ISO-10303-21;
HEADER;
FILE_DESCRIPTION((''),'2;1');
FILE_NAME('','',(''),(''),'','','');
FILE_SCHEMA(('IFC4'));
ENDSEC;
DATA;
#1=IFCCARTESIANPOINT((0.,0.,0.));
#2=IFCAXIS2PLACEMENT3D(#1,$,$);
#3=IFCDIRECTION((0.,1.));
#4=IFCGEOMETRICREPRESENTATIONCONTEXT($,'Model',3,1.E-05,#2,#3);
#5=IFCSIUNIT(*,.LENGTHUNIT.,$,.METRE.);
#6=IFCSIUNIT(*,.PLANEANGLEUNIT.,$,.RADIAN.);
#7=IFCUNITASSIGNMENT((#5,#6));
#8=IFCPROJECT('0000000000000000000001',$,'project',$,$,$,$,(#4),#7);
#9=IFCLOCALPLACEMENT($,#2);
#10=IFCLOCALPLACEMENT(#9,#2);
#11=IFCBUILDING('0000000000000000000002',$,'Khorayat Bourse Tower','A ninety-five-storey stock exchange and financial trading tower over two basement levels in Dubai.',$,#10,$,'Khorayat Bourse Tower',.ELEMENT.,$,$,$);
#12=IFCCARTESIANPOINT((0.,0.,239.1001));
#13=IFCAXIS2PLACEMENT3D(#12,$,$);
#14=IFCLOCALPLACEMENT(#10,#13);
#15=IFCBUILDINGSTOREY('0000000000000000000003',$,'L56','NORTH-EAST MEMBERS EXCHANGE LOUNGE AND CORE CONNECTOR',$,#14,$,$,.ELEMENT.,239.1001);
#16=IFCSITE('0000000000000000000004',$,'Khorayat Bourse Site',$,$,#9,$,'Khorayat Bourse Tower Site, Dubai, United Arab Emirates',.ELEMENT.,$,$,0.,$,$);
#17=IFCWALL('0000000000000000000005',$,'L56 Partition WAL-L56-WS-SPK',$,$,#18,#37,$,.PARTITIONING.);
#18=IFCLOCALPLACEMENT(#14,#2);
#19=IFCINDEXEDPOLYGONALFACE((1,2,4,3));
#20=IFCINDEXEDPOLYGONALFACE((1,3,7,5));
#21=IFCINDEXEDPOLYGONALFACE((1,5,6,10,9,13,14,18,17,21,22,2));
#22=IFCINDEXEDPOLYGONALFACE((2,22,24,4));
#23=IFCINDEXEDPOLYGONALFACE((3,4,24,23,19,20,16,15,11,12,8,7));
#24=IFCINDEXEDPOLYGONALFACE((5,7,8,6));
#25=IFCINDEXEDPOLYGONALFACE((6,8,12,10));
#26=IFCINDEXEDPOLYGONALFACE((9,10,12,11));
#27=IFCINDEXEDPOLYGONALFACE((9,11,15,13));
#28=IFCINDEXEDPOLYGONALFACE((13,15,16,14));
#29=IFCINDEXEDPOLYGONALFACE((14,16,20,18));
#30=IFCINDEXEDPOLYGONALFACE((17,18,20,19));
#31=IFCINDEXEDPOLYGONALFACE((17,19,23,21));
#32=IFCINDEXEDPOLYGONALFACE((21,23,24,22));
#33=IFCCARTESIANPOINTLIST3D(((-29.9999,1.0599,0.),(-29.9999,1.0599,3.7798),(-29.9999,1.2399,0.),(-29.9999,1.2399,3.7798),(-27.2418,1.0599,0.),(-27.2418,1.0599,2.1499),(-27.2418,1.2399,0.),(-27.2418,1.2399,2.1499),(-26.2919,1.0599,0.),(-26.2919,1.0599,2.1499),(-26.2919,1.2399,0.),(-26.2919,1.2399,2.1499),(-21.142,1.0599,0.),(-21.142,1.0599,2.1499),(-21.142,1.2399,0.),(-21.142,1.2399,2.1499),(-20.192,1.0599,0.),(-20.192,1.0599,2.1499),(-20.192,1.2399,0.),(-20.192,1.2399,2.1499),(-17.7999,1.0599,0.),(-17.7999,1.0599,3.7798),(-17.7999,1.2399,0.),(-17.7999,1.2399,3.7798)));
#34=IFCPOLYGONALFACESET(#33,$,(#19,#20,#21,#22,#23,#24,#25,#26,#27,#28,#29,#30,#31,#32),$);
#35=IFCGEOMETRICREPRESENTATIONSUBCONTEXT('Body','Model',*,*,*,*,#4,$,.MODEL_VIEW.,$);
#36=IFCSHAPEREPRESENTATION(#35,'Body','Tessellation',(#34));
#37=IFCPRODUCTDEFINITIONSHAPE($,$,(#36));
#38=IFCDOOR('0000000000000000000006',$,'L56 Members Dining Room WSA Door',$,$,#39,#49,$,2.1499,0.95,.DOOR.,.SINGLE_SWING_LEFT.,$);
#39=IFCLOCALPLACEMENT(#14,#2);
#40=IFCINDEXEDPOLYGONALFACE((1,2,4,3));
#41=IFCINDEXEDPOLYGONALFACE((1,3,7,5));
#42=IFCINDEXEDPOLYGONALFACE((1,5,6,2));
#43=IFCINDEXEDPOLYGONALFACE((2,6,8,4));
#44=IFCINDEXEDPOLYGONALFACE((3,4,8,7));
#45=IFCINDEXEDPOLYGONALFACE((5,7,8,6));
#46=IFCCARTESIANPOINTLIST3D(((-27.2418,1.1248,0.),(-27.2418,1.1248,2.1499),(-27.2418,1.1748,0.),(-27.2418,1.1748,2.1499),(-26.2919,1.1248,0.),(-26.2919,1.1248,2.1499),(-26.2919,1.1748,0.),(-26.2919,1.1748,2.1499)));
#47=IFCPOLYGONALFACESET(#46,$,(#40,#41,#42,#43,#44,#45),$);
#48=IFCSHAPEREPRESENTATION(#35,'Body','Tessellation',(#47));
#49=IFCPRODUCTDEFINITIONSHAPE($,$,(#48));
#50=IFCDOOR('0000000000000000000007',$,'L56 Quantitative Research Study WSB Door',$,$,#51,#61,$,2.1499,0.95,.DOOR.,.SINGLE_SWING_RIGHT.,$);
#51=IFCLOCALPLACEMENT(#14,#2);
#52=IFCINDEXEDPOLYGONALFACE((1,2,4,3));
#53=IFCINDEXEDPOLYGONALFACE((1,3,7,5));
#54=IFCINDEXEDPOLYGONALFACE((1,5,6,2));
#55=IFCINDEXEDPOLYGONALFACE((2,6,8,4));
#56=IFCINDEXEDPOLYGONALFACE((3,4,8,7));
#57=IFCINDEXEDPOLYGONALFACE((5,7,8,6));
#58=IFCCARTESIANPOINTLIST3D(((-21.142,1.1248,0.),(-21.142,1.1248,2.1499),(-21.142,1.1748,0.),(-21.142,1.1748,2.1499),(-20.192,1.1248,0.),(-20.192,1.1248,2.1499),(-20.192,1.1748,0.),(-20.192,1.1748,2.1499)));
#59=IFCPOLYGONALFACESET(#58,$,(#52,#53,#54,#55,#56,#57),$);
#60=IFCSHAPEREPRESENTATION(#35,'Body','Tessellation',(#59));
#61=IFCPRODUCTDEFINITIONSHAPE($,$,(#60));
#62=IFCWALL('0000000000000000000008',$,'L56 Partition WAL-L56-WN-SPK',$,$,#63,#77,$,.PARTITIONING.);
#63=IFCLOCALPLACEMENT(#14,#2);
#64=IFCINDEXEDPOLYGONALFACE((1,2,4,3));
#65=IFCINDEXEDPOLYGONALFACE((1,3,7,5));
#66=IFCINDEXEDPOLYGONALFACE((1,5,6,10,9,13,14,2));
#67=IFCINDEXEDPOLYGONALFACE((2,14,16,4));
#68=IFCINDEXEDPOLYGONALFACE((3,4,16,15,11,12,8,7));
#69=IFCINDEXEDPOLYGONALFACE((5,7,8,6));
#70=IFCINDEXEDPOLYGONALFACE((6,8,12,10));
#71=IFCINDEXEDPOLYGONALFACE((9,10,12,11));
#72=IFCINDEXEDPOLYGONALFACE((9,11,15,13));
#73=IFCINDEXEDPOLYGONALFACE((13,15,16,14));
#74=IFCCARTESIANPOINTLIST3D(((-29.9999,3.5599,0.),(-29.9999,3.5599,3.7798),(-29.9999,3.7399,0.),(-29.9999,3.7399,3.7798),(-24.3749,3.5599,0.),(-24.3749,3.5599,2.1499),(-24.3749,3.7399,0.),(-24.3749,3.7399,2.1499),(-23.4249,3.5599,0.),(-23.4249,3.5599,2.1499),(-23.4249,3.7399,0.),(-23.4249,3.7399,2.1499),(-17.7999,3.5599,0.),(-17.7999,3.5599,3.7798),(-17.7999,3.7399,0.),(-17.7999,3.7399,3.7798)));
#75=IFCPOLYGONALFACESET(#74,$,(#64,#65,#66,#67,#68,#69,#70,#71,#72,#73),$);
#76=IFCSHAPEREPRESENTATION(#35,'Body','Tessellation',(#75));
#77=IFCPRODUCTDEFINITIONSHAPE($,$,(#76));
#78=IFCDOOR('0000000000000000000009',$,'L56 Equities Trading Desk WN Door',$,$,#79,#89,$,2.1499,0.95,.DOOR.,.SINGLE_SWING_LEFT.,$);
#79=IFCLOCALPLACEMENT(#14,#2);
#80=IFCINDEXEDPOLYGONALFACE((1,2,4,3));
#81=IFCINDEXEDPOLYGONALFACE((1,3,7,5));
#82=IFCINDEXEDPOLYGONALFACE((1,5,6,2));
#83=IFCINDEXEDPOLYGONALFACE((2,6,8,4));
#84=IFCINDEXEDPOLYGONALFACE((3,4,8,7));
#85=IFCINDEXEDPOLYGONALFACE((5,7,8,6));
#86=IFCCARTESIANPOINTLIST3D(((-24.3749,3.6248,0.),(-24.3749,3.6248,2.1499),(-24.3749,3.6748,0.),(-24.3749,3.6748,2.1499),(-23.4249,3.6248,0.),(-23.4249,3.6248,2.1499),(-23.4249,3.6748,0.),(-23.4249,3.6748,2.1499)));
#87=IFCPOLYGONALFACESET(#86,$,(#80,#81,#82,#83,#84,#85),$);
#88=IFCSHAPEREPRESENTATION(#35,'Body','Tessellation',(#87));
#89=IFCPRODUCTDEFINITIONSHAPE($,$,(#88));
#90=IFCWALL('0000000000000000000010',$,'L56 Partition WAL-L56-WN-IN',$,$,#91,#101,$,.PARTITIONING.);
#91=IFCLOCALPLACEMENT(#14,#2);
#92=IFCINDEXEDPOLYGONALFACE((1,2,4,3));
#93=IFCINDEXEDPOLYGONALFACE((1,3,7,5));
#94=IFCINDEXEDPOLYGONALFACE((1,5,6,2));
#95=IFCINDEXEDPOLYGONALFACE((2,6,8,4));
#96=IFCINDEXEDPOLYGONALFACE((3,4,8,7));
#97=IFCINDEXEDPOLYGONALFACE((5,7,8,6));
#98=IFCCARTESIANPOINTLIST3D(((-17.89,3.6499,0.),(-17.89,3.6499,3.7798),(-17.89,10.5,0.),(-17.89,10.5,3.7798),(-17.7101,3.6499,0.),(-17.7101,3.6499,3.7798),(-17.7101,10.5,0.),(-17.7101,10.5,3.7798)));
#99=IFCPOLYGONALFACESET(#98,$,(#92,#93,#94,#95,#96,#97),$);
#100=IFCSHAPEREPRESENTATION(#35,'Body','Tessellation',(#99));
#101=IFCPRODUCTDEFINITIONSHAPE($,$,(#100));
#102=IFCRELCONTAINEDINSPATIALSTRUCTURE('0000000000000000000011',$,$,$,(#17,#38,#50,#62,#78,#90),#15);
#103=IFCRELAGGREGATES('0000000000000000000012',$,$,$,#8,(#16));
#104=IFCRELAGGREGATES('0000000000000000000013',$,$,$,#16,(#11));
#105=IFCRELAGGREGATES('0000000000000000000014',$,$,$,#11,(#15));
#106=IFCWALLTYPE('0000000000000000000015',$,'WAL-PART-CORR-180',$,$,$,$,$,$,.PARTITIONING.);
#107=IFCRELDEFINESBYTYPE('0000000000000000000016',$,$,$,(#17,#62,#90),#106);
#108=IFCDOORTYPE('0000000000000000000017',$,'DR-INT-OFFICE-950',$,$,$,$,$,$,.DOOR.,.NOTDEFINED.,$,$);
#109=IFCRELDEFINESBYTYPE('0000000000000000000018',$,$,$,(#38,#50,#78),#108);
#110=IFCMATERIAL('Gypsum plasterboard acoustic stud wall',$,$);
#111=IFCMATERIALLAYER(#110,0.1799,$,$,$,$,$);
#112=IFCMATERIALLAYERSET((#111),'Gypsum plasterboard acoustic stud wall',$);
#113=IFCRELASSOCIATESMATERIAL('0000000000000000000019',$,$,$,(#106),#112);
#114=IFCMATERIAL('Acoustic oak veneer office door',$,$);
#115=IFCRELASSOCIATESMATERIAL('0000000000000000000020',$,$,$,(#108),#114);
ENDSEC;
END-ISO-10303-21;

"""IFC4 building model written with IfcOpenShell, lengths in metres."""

from ifc_helpers import new_model, si_unit, direction, frame, frame_2d, origin, place, context, subcontext, project, spatial, rectangle, extrude, source, transform, mapped, material, layer, layer_set, type_object, element, fill, save


model = new_model("IFC4")

# Units and contexts
model_context = context("Model", 3, precision=1e-05, world=origin(), true_north=direction((0.0, 1.0)))
body_context = subcontext(model_context, "Body", "Model", "MODEL_VIEW")
ifc_project = project(units=[si_unit("LENGTHUNIT", "METRE"), si_unit("PLANEANGLEUNIT", "RADIAN")], contexts=[model_context])

# Site, building, storey
site_placement = place(None, origin())
site = spatial("IfcSite", under=ifc_project, at=site_placement, Name="Khorayat Bourse Site", LongName="Khorayat Bourse Tower Site, Dubai, United Arab Emirates", CompositionType="ELEMENT", RefElevation=0.0)
building_placement = place(site_placement, origin())
building = spatial("IfcBuilding", under=site, at=building_placement, Name="Khorayat Bourse Tower", Description="A ninety-five-storey stock exchange and financial trading tower over two basement levels in Dubai.", LongName="Khorayat Bourse Tower", CompositionType="ELEMENT")
storey_placement = place(building_placement, frame((0.0, 0.0, 239.1001)))
storey = spatial("IfcBuildingStorey", under=building, at=storey_placement, Name="L56", Description="NORTH-EAST MEMBERS EXCHANGE LOUNGE AND CORE CONNECTOR", CompositionType="ELEMENT", Elevation=239.1001)

# Shared definitions
ifc_material_1 = material(Name="Gypsum plasterboard acoustic stud wall")
ifc_layer_1 = layer(ifc_material_1, 0.1799)
ifc_layer_set_1 = layer_set([ifc_layer_1], Name="Gypsum plasterboard acoustic stud wall")
wall_type = type_object("IfcWallType", Name="WAL-PART-CORR-180", PredefinedType="PARTITIONING", material=ifc_layer_set_1)

# Wall, openings, doors
shared_shape_1 = source(origin(), body_context, "Body", "SweptSolid", [
    extrude(rectangle(XDim=12.2, YDim=0.1799, at=frame_2d((6.1001, 0.0))), origin(), (0.0, 0.0, 1.0), 3.7798),
])
wall_1_placement = place(storey_placement, frame((-30.0, 1.1499, 0.0), z_axis=(0.0, 0.0, 1.0), x_axis=(1.0, 0.0, 0.0)))
wall_1 = element("IfcWall", 1, at=wall_1_placement, inside=storey, type_object=wall_type, Name="L56 Partition WAL-L56-WS-SPK", PredefinedType="PARTITIONING", context=body_context, shape_type="MappedRepresentation", body=[
    mapped(shared_shape_1, transform((0.0, 0.0, 0.0), scale=1.0)),
])
shared_shape_2 = source(origin(), body_context, "Body", "SweptSolid", [
    extrude(rectangle(XDim=0.95, YDim=2.1499, at=frame_2d((0.4751, 1.075))), frame((0.0, 0.0999, 0.0), z_axis=(0.0, -1.0, 0.0), x_axis=(1.0, 0.0, 0.0)), (0.0, 0.0, 1.0), 0.2),
])
opening_1_placement = place(wall_1_placement, frame((2.7581, 0.0, 0.0)))
opening_1 = element("IfcOpeningElement", 2, at=opening_1_placement, cuts=wall_1, PredefinedType="OPENING", context=body_context, shape_type="MappedRepresentation", body=[
    mapped(shared_shape_2, transform((0.0, 0.0, 0.0), scale=1.0)),
])
opening_2_placement = place(wall_1_placement, frame((8.8579, 0.0, 0.0)))
opening_2 = element("IfcOpeningElement", 3, at=opening_2_placement, cuts=wall_1, PredefinedType="OPENING", context=body_context, shape_type="MappedRepresentation", body=[
    mapped(shared_shape_2, transform((0.0, 0.0, 0.0), scale=1.0)),
])
ifc_material_2 = material(Name="Acoustic oak veneer office door")
door_type = type_object("IfcDoorType", Name="DR-INT-OFFICE-950", OperationType="NOTDEFINED", PredefinedType="DOOR", material=ifc_material_2)
shared_shape_3 = source(origin(), body_context, "Body", "SweptSolid", [
    extrude(rectangle(XDim=0.95, YDim=2.1499, at=frame_2d((0.4751, 1.075))), frame((0.0, 0.0249, 0.0), z_axis=(0.0, -1.0, 0.0), x_axis=(1.0, 0.0, 0.0)), (0.0, 0.0, 1.0), 0.05),
])
door_1_placement = place(opening_1_placement, origin())
door_1 = element("IfcDoor", 4, at=door_1_placement, inside=storey, type_object=door_type, Name="L56 Members Dining Room WSA Door", OperationType="SINGLE_SWING_LEFT", OverallHeight=2.1499, OverallWidth=0.95, PredefinedType="DOOR", context=body_context, shape_type="MappedRepresentation", body=[
    mapped(shared_shape_3, transform((0.0, 0.0, 0.0), scale=1.0)),
])
fill(opening_1, door_1)
door_2_placement = place(opening_2_placement, origin())
door_2 = element("IfcDoor", 5, at=door_2_placement, inside=storey, type_object=door_type, Name="L56 Quantitative Research Study WSB Door", OperationType="SINGLE_SWING_RIGHT", OverallHeight=2.1499, OverallWidth=0.95, PredefinedType="DOOR", context=body_context, shape_type="MappedRepresentation", body=[
    mapped(shared_shape_3, transform((0.0, 0.0, 0.0), scale=1.0)),
])
fill(opening_2, door_2)

# Wall, opening, door
wall_2_placement = place(storey_placement, frame((-30.0, 3.6499, 0.0), z_axis=(0.0, 0.0, 1.0), x_axis=(1.0, 0.0, 0.0)))
wall_2 = element("IfcWall", 6, at=wall_2_placement, inside=storey, type_object=wall_type, Name="L56 Partition WAL-L56-WN-SPK", PredefinedType="PARTITIONING", context=body_context, shape_type="MappedRepresentation", body=[
    mapped(shared_shape_1, transform((0.0, 0.0, 0.0), scale=1.0)),
])
opening_3_placement = place(wall_2_placement, frame((5.625, 0.0, 0.0)))
opening_3 = element("IfcOpeningElement", 7, at=opening_3_placement, cuts=wall_2, PredefinedType="OPENING", context=body_context, shape_type="MappedRepresentation", body=[
    mapped(shared_shape_2, transform((0.0, 0.0, 0.0), scale=1.0)),
])
door_3_placement = place(opening_3_placement, origin())
door_3 = element("IfcDoor", 8, at=door_3_placement, inside=storey, type_object=door_type, Name="L56 Equities Trading Desk WN Door", OperationType="SINGLE_SWING_LEFT", OverallHeight=2.1499, OverallWidth=0.95, PredefinedType="DOOR", context=body_context, shape_type="MappedRepresentation", body=[
    mapped(shared_shape_3, transform((0.0, 0.0, 0.0), scale=1.0)),
])
fill(opening_3, door_3)

# Wall
shared_shape_4 = source(origin(), body_context, "Body", "SweptSolid", [
    extrude(rectangle(XDim=6.8501, YDim=0.1799, at=frame_2d((3.425, 0.0))), origin(), (0.0, 0.0, 1.0), 3.7798),
])
wall_3_placement = place(storey_placement, frame((-17.8, 3.6499, 0.0), z_axis=(0.0, 0.0, 1.0), x_axis=(0.0, 1.0, 0.0)))
element("IfcWall", 9, at=wall_3_placement, inside=storey, type_object=wall_type, Name="L56 Partition WAL-L56-WN-IN", PredefinedType="PARTITIONING", context=body_context, shape_type="MappedRepresentation", body=[
    mapped(shared_shape_4, transform((0.0, 0.0, 0.0), scale=1.0)),
])

save(model, "model.ifc")
